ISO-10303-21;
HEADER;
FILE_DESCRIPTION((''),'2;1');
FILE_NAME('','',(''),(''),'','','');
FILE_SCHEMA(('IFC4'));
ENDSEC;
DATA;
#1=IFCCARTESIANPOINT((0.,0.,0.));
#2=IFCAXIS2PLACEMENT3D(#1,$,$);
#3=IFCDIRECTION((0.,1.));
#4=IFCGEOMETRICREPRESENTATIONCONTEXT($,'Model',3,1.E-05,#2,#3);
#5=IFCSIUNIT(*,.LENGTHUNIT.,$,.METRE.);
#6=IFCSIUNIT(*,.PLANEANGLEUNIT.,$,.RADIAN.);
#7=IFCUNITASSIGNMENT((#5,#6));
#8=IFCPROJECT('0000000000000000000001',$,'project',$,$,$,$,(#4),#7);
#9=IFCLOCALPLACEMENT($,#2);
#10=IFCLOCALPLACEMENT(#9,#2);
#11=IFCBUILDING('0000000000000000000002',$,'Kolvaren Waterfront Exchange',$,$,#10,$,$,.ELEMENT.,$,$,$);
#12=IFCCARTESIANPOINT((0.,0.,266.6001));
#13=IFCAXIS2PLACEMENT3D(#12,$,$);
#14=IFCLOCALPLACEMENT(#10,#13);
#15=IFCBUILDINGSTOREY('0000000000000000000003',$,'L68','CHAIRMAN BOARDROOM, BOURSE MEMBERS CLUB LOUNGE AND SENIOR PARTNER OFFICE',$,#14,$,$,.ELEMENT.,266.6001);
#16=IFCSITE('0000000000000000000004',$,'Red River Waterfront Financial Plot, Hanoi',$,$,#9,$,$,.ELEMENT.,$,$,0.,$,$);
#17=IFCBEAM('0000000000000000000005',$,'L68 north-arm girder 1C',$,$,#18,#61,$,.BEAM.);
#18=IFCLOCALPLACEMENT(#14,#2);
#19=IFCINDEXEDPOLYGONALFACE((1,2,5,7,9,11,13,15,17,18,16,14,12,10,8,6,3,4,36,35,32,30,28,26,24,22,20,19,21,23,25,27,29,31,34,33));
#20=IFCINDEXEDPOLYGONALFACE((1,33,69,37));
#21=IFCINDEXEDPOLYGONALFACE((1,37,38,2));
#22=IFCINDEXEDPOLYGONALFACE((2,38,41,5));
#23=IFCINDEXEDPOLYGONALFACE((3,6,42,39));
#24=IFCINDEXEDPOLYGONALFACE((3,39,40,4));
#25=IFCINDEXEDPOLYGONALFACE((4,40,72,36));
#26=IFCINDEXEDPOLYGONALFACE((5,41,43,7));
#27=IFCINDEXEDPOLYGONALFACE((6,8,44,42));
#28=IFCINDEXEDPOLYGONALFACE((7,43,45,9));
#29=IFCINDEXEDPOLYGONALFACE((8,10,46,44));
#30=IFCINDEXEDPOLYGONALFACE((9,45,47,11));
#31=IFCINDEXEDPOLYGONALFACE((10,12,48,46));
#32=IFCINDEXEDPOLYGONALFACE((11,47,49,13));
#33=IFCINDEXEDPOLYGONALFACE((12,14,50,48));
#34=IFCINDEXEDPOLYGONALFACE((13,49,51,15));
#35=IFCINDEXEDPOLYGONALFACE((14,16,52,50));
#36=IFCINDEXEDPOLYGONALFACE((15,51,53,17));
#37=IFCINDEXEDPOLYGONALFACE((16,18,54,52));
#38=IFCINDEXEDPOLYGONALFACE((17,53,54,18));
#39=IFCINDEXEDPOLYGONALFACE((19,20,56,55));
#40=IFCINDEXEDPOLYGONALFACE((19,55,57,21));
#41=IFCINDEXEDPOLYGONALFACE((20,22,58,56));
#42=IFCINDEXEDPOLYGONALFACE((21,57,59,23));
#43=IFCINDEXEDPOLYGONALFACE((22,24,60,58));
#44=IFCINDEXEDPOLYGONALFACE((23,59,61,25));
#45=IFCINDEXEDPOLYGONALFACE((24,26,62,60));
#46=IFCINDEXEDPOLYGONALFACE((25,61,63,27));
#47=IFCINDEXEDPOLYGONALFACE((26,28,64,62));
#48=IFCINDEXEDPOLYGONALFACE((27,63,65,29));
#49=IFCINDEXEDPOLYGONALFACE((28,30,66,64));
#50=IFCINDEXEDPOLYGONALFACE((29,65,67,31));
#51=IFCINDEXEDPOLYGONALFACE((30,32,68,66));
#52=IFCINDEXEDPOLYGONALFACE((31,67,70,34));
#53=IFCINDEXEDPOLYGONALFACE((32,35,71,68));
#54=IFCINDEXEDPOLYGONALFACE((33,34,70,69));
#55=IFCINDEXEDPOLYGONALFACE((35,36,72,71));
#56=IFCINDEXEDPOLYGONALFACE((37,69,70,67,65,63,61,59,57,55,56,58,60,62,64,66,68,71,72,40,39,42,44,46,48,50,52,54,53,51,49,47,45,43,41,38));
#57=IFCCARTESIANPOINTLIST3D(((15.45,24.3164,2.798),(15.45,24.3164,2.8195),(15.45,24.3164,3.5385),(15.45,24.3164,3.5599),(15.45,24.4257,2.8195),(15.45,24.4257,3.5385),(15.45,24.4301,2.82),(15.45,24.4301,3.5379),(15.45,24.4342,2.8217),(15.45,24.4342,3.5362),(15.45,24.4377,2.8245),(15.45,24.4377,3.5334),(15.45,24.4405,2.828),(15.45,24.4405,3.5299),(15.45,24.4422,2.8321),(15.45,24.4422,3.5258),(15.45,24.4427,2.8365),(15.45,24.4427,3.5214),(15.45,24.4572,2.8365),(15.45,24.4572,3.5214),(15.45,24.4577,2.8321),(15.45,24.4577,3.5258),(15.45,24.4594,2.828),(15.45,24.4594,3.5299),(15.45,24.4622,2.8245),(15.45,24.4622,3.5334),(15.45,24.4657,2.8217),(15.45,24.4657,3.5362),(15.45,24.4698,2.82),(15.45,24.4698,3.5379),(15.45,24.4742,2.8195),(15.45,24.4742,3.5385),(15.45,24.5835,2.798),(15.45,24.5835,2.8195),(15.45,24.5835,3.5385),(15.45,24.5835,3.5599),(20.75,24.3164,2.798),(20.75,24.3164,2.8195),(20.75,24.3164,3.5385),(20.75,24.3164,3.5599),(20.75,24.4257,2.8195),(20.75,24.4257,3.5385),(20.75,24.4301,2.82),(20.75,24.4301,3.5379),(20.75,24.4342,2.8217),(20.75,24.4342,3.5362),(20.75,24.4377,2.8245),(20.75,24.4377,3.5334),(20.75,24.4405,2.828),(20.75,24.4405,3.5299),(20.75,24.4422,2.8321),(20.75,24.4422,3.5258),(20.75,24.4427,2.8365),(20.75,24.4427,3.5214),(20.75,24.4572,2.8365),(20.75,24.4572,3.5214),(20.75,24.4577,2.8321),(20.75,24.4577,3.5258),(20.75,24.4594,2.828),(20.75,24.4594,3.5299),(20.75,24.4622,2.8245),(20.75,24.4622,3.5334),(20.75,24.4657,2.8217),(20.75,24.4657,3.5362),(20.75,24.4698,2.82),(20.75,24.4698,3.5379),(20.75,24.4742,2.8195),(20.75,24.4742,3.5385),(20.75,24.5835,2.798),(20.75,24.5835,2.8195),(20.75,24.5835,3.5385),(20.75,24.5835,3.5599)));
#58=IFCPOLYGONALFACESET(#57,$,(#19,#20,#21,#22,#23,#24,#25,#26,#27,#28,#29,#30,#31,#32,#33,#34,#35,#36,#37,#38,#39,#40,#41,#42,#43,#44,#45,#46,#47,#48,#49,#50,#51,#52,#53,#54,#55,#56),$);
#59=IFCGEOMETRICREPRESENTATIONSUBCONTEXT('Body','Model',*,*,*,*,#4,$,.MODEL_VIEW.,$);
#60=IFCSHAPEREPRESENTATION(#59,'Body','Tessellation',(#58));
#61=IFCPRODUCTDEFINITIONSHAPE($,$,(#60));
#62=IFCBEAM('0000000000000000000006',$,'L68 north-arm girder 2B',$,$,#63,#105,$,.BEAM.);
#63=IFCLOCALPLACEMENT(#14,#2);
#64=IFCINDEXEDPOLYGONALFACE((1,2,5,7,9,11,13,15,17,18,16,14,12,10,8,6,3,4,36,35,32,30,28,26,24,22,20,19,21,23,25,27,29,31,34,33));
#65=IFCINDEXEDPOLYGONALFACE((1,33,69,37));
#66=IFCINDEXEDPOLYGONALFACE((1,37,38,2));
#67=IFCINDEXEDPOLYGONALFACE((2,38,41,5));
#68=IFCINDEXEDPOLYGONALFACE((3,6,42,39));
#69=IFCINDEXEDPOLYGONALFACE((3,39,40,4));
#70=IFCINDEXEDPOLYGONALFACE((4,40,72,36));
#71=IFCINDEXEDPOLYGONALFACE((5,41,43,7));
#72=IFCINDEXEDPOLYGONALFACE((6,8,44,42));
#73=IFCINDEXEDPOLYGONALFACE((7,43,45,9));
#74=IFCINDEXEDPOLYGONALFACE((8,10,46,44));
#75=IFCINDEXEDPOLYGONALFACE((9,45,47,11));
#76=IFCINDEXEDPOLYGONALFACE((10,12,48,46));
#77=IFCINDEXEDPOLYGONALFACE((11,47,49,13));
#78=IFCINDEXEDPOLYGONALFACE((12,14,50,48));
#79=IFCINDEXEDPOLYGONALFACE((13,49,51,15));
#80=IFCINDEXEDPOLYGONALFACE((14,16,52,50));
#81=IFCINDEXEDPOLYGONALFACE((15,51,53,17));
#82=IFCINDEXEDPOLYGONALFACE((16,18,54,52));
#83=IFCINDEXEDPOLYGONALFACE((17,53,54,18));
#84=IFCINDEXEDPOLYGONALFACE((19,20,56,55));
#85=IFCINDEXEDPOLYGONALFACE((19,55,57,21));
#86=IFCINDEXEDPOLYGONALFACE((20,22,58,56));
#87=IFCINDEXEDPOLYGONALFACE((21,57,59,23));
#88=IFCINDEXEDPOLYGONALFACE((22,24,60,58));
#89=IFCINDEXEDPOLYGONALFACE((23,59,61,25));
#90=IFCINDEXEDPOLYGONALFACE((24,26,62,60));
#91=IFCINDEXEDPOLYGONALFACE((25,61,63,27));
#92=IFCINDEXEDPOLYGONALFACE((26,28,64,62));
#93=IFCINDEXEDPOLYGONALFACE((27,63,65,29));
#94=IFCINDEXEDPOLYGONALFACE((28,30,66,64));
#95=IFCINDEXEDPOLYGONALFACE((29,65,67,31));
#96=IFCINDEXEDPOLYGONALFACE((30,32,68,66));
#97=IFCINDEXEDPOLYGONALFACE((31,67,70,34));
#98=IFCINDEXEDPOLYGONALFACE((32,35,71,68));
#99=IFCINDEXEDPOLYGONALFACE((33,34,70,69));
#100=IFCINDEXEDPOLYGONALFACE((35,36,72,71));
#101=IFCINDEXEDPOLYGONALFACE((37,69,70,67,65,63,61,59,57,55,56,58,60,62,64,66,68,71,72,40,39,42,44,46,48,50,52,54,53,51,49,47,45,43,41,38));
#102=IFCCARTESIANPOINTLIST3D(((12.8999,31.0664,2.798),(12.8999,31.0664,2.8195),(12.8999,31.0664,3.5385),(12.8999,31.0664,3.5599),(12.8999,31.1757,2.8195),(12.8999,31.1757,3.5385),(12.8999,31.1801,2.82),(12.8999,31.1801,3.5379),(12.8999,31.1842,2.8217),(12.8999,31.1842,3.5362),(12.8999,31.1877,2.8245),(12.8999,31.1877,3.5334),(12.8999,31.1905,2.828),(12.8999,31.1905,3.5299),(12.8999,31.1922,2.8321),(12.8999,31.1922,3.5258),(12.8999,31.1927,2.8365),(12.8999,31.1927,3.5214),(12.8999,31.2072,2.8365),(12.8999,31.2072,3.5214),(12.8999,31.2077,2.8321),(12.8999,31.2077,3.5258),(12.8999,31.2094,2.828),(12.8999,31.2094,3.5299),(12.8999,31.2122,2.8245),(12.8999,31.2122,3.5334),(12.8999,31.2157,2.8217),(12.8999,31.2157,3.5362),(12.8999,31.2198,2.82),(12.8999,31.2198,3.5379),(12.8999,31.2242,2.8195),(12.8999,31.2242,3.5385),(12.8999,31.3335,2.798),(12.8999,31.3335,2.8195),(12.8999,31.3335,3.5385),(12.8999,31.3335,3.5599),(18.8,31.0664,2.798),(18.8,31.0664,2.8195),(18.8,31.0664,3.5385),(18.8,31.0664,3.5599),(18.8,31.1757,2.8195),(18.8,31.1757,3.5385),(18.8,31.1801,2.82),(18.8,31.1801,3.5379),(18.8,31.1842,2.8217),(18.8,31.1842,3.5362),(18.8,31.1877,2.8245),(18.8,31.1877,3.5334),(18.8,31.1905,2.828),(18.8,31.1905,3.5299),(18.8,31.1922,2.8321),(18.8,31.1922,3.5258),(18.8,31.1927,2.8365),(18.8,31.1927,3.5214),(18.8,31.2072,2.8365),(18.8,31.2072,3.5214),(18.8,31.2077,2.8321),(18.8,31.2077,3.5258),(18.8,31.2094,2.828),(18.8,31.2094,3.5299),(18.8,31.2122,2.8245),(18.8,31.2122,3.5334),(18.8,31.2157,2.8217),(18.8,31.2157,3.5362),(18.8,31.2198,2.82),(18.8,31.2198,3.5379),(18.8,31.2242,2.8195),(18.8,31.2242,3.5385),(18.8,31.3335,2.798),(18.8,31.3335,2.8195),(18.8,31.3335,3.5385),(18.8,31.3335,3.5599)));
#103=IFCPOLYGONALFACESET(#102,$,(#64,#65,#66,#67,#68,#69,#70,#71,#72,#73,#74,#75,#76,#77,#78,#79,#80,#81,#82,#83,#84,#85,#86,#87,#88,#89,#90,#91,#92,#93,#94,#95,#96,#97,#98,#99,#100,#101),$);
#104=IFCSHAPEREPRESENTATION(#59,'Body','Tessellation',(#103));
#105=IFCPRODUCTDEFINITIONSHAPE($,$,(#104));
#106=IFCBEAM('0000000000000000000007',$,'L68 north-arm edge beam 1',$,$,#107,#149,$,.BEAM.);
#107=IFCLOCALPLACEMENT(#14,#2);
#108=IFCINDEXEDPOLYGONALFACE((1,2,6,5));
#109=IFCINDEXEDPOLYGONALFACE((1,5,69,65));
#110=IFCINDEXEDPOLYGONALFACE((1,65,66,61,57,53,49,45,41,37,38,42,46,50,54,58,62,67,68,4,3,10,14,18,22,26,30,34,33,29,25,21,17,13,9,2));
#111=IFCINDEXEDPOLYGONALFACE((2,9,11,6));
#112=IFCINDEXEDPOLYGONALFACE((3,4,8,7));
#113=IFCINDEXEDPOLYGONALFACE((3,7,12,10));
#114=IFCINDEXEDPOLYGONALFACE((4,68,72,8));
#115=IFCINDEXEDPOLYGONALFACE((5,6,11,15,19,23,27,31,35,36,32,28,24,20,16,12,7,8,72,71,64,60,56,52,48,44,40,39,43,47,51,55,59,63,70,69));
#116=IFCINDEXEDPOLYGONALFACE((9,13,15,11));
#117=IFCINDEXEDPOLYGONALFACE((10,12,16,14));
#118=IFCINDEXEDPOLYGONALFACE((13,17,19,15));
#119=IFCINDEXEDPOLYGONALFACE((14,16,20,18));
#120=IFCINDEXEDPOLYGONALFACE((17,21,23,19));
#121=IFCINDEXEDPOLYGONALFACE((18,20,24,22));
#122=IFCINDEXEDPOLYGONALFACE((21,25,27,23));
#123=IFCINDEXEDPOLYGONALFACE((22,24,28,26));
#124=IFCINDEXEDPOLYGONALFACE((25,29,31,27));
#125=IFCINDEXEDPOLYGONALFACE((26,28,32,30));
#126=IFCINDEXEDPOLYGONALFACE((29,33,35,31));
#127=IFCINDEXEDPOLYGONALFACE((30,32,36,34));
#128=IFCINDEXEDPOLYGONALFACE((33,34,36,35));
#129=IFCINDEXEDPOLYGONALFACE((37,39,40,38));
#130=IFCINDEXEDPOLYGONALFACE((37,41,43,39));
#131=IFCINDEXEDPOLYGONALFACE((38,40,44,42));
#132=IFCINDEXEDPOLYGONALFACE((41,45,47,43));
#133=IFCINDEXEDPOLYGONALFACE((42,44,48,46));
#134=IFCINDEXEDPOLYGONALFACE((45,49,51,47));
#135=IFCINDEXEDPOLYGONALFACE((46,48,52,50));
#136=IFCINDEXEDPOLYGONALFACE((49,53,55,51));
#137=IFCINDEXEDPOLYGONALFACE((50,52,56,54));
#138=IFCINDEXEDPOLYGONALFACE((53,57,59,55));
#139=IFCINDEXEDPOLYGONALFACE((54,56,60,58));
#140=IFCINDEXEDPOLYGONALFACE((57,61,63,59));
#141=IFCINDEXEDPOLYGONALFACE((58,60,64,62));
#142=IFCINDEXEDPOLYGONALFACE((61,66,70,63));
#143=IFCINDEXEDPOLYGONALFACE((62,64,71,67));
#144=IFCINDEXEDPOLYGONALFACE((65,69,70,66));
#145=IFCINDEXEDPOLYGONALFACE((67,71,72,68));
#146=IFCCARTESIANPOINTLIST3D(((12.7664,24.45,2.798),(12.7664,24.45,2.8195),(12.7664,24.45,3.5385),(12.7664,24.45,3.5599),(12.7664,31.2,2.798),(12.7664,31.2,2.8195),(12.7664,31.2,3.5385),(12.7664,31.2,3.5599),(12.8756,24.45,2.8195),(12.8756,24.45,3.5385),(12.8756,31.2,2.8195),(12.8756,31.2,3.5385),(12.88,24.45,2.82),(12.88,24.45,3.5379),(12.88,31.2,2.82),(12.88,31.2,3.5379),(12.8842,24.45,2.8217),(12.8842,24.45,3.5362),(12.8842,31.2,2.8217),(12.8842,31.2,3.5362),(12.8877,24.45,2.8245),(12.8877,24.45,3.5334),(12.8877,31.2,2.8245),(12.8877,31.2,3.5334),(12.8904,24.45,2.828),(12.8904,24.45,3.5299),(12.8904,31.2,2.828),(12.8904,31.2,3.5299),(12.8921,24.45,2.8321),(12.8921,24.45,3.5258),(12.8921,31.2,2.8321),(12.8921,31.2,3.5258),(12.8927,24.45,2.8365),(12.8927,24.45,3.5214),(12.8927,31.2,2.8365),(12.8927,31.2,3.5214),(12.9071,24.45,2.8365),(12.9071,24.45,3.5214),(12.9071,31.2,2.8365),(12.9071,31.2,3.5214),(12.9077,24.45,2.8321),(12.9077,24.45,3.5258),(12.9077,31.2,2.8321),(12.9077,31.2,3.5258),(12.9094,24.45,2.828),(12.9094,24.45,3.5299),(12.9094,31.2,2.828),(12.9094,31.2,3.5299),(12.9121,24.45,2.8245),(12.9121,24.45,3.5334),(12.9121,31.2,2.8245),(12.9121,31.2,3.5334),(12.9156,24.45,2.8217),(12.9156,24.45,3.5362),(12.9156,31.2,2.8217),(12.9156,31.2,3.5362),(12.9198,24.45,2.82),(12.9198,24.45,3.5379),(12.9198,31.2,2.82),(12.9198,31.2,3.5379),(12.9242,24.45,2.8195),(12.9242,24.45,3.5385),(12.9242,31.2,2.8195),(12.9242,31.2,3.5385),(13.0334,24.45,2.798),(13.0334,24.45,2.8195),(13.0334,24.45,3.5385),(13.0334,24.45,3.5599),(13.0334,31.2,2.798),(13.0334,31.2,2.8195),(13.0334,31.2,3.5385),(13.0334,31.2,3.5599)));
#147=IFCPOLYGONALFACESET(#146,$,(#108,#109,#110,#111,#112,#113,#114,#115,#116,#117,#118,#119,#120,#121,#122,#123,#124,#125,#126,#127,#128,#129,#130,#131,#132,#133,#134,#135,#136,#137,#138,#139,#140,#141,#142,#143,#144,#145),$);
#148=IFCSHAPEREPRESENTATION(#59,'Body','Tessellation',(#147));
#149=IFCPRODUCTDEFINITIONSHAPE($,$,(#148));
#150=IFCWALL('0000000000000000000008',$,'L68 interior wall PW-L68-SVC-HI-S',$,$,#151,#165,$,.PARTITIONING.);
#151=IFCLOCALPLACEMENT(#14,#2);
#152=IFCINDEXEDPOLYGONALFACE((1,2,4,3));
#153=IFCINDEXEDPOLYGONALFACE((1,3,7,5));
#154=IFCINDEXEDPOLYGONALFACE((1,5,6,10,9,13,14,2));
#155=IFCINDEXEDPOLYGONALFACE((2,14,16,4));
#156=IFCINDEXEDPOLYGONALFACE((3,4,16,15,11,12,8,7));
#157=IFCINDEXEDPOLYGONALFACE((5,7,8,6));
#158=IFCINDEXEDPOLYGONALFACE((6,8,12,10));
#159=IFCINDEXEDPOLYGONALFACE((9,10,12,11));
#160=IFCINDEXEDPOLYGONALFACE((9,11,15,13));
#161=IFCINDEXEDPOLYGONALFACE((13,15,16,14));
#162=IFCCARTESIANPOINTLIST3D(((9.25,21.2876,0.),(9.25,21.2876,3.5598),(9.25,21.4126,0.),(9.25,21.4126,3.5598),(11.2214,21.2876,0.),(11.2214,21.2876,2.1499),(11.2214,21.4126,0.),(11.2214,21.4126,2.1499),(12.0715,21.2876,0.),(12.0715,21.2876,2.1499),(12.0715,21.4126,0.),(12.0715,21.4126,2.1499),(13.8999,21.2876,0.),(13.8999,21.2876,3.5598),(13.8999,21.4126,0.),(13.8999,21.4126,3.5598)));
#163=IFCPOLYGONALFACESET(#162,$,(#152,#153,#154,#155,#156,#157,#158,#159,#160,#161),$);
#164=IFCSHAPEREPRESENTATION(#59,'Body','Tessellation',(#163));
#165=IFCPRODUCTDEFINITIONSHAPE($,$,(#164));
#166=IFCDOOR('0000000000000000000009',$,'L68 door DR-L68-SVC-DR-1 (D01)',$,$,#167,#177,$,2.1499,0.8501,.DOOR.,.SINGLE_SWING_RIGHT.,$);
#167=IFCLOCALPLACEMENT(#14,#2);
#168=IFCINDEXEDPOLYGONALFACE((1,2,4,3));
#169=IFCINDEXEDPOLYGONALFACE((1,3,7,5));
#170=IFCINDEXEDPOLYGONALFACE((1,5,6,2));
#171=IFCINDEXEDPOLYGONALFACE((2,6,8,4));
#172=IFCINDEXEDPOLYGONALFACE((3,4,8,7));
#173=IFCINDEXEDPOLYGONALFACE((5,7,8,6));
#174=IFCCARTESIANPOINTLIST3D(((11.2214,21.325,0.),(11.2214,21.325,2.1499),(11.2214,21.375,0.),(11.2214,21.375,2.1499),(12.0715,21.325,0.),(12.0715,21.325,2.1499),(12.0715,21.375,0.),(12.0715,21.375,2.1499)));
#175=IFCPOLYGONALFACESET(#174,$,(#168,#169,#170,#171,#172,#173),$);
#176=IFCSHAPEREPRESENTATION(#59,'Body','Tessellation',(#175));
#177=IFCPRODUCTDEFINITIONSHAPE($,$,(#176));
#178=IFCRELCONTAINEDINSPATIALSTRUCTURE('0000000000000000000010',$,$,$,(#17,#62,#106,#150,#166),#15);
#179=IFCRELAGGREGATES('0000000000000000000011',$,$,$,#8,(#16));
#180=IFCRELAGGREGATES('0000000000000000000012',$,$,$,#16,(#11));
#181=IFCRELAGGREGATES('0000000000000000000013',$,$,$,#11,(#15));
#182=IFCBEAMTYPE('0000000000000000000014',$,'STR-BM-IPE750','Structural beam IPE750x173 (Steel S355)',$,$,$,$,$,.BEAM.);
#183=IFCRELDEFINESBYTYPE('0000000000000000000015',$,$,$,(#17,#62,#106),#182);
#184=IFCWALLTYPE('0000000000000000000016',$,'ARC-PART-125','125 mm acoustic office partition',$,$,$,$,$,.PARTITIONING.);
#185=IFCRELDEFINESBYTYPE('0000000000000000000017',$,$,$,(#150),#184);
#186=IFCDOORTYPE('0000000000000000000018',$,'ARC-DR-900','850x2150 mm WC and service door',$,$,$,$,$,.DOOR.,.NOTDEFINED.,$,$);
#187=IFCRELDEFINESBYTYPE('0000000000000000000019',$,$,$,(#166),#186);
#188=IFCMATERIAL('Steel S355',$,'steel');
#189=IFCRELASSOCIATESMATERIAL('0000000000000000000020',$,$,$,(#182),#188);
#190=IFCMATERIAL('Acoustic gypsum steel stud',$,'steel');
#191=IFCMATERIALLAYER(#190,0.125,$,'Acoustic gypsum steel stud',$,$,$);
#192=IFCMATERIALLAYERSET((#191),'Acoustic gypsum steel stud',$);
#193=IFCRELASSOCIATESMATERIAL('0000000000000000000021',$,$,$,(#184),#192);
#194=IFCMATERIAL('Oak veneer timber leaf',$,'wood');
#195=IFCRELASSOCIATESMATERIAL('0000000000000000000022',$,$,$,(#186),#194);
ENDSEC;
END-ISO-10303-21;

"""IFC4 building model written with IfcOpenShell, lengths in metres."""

from ifc_helpers import new_model, si_unit, direction, frame, frame_2d, origin, origin_2d, place, context, subcontext, project, spatial, rectangle, i_section, extrude, material, layer, layer_set, material_profile, profile_set, type_object, element, fill, save


model = new_model("IFC4")

# Units and contexts
model_context = context("Model", 3, precision=1e-05, world=origin(), true_north=direction((0.0, 1.0)))
body_context = subcontext(model_context, "Body", "Model", "MODEL_VIEW")
ifc_project = project(units=[si_unit("LENGTHUNIT", "METRE"), si_unit("PLANEANGLEUNIT", "RADIAN")], contexts=[model_context])

# Site, building, storey
site_placement = place(None, origin())
site = spatial("IfcSite", under=ifc_project, at=site_placement, Name="Red River Waterfront Financial Plot, Hanoi", CompositionType="ELEMENT", RefElevation=0.0)
building_placement = place(site_placement, origin())
building = spatial("IfcBuilding", under=site, at=building_placement, Name="Kolvaren Waterfront Exchange", CompositionType="ELEMENT")
storey_placement = place(building_placement, frame((0.0, 0.0, 266.6001)))
storey = spatial("IfcBuildingStorey", under=building, at=storey_placement, Name="L68", Description="CHAIRMAN BOARDROOM, BOURSE MEMBERS CLUB LOUNGE AND SENIOR PARTNER OFFICE", CompositionType="ELEMENT", Elevation=266.6001)

# Beams
ifc_material_1 = material(Name="Steel S355", Category="steel")
ifc_material_profile_1 = material_profile(ifc_material_1, i_section(OverallWidth=0.2671, OverallDepth=0.762, WebThickness=0.0144, FlangeThickness=0.0215, FilletRadius=0.0171, at=origin_2d()), Name="IPE750x173")
ifc_profile_set_1 = profile_set([ifc_material_profile_1], Name="Steel S355")
beam_type_1 = type_object("IfcBeamType", Name="STR-BM-IPE750", Description="Structural beam IPE750x173 (Steel S355)", PredefinedType="BEAM", material=ifc_profile_set_1)
beam_1_placement = place(storey_placement, frame((15.45, 24.45, 3.179), z_axis=(1.0, 0.0, 0.0), x_axis=(0.0, 1.0, 0.0)))
element("IfcBeam", 1, at=beam_1_placement, inside=storey, type_object=beam_type_1, Name="L68 north-arm girder 1C", PredefinedType="BEAM", context=body_context, shape_type="SweptSolid", body=[
    extrude(i_section(OverallWidth=0.2671, OverallDepth=0.762, WebThickness=0.0144, FlangeThickness=0.0215, FilletRadius=0.0171, at=origin_2d()), origin(), (0.0, 0.0, 1.0), 5.3),
])
beam_2_placement = place(storey_placement, frame((12.8999, 31.2, 3.179), z_axis=(1.0, 0.0, 0.0), x_axis=(0.0, 1.0, 0.0)))
element("IfcBeam", 2, at=beam_2_placement, inside=storey, type_object=beam_type_1, Name="L68 north-arm girder 2B", PredefinedType="BEAM", context=body_context, shape_type="SweptSolid", body=[
    extrude(i_section(OverallWidth=0.2671, OverallDepth=0.762, WebThickness=0.0144, FlangeThickness=0.0215, FilletRadius=0.0171, at=origin_2d()), origin(), (0.0, 0.0, 1.0), 5.9001),
])
beam_3_placement = place(storey_placement, frame((12.8999, 24.45, 3.179), z_axis=(0.0, 1.0, 0.0), x_axis=(-1.0, 0.0, 0.0)))
element("IfcBeam", 3, at=beam_3_placement, inside=storey, type_object=beam_type_1, Name="L68 north-arm edge beam 1", PredefinedType="BEAM", context=body_context, shape_type="SweptSolid", body=[
    extrude(i_section(OverallWidth=0.2671, OverallDepth=0.762, WebThickness=0.0144, FlangeThickness=0.0215, FilletRadius=0.0171, at=origin_2d()), origin(), (0.0, 0.0, 1.0), 6.75),
])

# Wall, opening, door
ifc_material_2 = material(Name="Acoustic gypsum steel stud", Category="steel")
ifc_layer_1 = layer(ifc_material_2, 0.125, Name="Acoustic gypsum steel stud")
ifc_layer_set_1 = layer_set([ifc_layer_1], Name="Acoustic gypsum steel stud")
wall_type_1 = type_object("IfcWallType", Name="ARC-PART-125", Description="125 mm acoustic office partition", PredefinedType="PARTITIONING", material=ifc_layer_set_1)
wall_1_placement = place(storey_placement, frame((9.25, 21.3501, 0.0), z_axis=(0.0, 0.0, 1.0), x_axis=(1.0, 0.0, 0.0)))
wall_1 = element("IfcWall", 4, at=wall_1_placement, inside=storey, type_object=wall_type_1, Name="L68 interior wall PW-L68-SVC-HI-S", PredefinedType="PARTITIONING", context=body_context, shape_type="SweptSolid", body=[
    extrude(rectangle(XDim=4.6499, YDim=0.125, at=frame_2d((2.325, 0.0))), origin(), (0.0, 0.0, 1.0), 3.5598),
])
opening_1_placement = place(wall_1_placement, frame((1.9714, 0.0, 0.0)))
opening_1 = element("IfcOpeningElement", 5, at=opening_1_placement, cuts=wall_1, PredefinedType="OPENING", context=body_context, shape_type="SweptSolid", body=[
    extrude(rectangle(XDim=0.8501, YDim=2.1499, at=frame_2d((0.425, 1.075))), frame((0.0, 0.0725, 0.0), z_axis=(0.0, -1.0, 0.0), x_axis=(1.0, 0.0, 0.0)), (0.0, 0.0, 1.0), 0.145),
])
ifc_material_3 = material(Name="Oak veneer timber leaf", Category="wood")
door_type_1 = type_object("IfcDoorType", Name="ARC-DR-900", Description="850x2150 mm WC and service door", OperationType="NOTDEFINED", PredefinedType="DOOR", material=ifc_material_3)
door_1_placement = place(opening_1_placement, origin())
door_1 = element("IfcDoor", 6, at=door_1_placement, inside=storey, type_object=door_type_1, Name="L68 door DR-L68-SVC-DR-1 (D01)", OperationType="SINGLE_SWING_RIGHT", OverallHeight=2.1499, OverallWidth=0.8501, PredefinedType="DOOR", context=body_context, shape_type="SweptSolid", body=[
    extrude(rectangle(XDim=0.8501, YDim=2.1499, at=frame_2d((0.425, 1.075))), frame((0.0, 0.0249, 0.0), z_axis=(0.0, -1.0, 0.0), x_axis=(1.0, 0.0, 0.0)), (0.0, 0.0, 1.0), 0.05),
])
fill(opening_1, door_1)

save(model, "model.ifc")
